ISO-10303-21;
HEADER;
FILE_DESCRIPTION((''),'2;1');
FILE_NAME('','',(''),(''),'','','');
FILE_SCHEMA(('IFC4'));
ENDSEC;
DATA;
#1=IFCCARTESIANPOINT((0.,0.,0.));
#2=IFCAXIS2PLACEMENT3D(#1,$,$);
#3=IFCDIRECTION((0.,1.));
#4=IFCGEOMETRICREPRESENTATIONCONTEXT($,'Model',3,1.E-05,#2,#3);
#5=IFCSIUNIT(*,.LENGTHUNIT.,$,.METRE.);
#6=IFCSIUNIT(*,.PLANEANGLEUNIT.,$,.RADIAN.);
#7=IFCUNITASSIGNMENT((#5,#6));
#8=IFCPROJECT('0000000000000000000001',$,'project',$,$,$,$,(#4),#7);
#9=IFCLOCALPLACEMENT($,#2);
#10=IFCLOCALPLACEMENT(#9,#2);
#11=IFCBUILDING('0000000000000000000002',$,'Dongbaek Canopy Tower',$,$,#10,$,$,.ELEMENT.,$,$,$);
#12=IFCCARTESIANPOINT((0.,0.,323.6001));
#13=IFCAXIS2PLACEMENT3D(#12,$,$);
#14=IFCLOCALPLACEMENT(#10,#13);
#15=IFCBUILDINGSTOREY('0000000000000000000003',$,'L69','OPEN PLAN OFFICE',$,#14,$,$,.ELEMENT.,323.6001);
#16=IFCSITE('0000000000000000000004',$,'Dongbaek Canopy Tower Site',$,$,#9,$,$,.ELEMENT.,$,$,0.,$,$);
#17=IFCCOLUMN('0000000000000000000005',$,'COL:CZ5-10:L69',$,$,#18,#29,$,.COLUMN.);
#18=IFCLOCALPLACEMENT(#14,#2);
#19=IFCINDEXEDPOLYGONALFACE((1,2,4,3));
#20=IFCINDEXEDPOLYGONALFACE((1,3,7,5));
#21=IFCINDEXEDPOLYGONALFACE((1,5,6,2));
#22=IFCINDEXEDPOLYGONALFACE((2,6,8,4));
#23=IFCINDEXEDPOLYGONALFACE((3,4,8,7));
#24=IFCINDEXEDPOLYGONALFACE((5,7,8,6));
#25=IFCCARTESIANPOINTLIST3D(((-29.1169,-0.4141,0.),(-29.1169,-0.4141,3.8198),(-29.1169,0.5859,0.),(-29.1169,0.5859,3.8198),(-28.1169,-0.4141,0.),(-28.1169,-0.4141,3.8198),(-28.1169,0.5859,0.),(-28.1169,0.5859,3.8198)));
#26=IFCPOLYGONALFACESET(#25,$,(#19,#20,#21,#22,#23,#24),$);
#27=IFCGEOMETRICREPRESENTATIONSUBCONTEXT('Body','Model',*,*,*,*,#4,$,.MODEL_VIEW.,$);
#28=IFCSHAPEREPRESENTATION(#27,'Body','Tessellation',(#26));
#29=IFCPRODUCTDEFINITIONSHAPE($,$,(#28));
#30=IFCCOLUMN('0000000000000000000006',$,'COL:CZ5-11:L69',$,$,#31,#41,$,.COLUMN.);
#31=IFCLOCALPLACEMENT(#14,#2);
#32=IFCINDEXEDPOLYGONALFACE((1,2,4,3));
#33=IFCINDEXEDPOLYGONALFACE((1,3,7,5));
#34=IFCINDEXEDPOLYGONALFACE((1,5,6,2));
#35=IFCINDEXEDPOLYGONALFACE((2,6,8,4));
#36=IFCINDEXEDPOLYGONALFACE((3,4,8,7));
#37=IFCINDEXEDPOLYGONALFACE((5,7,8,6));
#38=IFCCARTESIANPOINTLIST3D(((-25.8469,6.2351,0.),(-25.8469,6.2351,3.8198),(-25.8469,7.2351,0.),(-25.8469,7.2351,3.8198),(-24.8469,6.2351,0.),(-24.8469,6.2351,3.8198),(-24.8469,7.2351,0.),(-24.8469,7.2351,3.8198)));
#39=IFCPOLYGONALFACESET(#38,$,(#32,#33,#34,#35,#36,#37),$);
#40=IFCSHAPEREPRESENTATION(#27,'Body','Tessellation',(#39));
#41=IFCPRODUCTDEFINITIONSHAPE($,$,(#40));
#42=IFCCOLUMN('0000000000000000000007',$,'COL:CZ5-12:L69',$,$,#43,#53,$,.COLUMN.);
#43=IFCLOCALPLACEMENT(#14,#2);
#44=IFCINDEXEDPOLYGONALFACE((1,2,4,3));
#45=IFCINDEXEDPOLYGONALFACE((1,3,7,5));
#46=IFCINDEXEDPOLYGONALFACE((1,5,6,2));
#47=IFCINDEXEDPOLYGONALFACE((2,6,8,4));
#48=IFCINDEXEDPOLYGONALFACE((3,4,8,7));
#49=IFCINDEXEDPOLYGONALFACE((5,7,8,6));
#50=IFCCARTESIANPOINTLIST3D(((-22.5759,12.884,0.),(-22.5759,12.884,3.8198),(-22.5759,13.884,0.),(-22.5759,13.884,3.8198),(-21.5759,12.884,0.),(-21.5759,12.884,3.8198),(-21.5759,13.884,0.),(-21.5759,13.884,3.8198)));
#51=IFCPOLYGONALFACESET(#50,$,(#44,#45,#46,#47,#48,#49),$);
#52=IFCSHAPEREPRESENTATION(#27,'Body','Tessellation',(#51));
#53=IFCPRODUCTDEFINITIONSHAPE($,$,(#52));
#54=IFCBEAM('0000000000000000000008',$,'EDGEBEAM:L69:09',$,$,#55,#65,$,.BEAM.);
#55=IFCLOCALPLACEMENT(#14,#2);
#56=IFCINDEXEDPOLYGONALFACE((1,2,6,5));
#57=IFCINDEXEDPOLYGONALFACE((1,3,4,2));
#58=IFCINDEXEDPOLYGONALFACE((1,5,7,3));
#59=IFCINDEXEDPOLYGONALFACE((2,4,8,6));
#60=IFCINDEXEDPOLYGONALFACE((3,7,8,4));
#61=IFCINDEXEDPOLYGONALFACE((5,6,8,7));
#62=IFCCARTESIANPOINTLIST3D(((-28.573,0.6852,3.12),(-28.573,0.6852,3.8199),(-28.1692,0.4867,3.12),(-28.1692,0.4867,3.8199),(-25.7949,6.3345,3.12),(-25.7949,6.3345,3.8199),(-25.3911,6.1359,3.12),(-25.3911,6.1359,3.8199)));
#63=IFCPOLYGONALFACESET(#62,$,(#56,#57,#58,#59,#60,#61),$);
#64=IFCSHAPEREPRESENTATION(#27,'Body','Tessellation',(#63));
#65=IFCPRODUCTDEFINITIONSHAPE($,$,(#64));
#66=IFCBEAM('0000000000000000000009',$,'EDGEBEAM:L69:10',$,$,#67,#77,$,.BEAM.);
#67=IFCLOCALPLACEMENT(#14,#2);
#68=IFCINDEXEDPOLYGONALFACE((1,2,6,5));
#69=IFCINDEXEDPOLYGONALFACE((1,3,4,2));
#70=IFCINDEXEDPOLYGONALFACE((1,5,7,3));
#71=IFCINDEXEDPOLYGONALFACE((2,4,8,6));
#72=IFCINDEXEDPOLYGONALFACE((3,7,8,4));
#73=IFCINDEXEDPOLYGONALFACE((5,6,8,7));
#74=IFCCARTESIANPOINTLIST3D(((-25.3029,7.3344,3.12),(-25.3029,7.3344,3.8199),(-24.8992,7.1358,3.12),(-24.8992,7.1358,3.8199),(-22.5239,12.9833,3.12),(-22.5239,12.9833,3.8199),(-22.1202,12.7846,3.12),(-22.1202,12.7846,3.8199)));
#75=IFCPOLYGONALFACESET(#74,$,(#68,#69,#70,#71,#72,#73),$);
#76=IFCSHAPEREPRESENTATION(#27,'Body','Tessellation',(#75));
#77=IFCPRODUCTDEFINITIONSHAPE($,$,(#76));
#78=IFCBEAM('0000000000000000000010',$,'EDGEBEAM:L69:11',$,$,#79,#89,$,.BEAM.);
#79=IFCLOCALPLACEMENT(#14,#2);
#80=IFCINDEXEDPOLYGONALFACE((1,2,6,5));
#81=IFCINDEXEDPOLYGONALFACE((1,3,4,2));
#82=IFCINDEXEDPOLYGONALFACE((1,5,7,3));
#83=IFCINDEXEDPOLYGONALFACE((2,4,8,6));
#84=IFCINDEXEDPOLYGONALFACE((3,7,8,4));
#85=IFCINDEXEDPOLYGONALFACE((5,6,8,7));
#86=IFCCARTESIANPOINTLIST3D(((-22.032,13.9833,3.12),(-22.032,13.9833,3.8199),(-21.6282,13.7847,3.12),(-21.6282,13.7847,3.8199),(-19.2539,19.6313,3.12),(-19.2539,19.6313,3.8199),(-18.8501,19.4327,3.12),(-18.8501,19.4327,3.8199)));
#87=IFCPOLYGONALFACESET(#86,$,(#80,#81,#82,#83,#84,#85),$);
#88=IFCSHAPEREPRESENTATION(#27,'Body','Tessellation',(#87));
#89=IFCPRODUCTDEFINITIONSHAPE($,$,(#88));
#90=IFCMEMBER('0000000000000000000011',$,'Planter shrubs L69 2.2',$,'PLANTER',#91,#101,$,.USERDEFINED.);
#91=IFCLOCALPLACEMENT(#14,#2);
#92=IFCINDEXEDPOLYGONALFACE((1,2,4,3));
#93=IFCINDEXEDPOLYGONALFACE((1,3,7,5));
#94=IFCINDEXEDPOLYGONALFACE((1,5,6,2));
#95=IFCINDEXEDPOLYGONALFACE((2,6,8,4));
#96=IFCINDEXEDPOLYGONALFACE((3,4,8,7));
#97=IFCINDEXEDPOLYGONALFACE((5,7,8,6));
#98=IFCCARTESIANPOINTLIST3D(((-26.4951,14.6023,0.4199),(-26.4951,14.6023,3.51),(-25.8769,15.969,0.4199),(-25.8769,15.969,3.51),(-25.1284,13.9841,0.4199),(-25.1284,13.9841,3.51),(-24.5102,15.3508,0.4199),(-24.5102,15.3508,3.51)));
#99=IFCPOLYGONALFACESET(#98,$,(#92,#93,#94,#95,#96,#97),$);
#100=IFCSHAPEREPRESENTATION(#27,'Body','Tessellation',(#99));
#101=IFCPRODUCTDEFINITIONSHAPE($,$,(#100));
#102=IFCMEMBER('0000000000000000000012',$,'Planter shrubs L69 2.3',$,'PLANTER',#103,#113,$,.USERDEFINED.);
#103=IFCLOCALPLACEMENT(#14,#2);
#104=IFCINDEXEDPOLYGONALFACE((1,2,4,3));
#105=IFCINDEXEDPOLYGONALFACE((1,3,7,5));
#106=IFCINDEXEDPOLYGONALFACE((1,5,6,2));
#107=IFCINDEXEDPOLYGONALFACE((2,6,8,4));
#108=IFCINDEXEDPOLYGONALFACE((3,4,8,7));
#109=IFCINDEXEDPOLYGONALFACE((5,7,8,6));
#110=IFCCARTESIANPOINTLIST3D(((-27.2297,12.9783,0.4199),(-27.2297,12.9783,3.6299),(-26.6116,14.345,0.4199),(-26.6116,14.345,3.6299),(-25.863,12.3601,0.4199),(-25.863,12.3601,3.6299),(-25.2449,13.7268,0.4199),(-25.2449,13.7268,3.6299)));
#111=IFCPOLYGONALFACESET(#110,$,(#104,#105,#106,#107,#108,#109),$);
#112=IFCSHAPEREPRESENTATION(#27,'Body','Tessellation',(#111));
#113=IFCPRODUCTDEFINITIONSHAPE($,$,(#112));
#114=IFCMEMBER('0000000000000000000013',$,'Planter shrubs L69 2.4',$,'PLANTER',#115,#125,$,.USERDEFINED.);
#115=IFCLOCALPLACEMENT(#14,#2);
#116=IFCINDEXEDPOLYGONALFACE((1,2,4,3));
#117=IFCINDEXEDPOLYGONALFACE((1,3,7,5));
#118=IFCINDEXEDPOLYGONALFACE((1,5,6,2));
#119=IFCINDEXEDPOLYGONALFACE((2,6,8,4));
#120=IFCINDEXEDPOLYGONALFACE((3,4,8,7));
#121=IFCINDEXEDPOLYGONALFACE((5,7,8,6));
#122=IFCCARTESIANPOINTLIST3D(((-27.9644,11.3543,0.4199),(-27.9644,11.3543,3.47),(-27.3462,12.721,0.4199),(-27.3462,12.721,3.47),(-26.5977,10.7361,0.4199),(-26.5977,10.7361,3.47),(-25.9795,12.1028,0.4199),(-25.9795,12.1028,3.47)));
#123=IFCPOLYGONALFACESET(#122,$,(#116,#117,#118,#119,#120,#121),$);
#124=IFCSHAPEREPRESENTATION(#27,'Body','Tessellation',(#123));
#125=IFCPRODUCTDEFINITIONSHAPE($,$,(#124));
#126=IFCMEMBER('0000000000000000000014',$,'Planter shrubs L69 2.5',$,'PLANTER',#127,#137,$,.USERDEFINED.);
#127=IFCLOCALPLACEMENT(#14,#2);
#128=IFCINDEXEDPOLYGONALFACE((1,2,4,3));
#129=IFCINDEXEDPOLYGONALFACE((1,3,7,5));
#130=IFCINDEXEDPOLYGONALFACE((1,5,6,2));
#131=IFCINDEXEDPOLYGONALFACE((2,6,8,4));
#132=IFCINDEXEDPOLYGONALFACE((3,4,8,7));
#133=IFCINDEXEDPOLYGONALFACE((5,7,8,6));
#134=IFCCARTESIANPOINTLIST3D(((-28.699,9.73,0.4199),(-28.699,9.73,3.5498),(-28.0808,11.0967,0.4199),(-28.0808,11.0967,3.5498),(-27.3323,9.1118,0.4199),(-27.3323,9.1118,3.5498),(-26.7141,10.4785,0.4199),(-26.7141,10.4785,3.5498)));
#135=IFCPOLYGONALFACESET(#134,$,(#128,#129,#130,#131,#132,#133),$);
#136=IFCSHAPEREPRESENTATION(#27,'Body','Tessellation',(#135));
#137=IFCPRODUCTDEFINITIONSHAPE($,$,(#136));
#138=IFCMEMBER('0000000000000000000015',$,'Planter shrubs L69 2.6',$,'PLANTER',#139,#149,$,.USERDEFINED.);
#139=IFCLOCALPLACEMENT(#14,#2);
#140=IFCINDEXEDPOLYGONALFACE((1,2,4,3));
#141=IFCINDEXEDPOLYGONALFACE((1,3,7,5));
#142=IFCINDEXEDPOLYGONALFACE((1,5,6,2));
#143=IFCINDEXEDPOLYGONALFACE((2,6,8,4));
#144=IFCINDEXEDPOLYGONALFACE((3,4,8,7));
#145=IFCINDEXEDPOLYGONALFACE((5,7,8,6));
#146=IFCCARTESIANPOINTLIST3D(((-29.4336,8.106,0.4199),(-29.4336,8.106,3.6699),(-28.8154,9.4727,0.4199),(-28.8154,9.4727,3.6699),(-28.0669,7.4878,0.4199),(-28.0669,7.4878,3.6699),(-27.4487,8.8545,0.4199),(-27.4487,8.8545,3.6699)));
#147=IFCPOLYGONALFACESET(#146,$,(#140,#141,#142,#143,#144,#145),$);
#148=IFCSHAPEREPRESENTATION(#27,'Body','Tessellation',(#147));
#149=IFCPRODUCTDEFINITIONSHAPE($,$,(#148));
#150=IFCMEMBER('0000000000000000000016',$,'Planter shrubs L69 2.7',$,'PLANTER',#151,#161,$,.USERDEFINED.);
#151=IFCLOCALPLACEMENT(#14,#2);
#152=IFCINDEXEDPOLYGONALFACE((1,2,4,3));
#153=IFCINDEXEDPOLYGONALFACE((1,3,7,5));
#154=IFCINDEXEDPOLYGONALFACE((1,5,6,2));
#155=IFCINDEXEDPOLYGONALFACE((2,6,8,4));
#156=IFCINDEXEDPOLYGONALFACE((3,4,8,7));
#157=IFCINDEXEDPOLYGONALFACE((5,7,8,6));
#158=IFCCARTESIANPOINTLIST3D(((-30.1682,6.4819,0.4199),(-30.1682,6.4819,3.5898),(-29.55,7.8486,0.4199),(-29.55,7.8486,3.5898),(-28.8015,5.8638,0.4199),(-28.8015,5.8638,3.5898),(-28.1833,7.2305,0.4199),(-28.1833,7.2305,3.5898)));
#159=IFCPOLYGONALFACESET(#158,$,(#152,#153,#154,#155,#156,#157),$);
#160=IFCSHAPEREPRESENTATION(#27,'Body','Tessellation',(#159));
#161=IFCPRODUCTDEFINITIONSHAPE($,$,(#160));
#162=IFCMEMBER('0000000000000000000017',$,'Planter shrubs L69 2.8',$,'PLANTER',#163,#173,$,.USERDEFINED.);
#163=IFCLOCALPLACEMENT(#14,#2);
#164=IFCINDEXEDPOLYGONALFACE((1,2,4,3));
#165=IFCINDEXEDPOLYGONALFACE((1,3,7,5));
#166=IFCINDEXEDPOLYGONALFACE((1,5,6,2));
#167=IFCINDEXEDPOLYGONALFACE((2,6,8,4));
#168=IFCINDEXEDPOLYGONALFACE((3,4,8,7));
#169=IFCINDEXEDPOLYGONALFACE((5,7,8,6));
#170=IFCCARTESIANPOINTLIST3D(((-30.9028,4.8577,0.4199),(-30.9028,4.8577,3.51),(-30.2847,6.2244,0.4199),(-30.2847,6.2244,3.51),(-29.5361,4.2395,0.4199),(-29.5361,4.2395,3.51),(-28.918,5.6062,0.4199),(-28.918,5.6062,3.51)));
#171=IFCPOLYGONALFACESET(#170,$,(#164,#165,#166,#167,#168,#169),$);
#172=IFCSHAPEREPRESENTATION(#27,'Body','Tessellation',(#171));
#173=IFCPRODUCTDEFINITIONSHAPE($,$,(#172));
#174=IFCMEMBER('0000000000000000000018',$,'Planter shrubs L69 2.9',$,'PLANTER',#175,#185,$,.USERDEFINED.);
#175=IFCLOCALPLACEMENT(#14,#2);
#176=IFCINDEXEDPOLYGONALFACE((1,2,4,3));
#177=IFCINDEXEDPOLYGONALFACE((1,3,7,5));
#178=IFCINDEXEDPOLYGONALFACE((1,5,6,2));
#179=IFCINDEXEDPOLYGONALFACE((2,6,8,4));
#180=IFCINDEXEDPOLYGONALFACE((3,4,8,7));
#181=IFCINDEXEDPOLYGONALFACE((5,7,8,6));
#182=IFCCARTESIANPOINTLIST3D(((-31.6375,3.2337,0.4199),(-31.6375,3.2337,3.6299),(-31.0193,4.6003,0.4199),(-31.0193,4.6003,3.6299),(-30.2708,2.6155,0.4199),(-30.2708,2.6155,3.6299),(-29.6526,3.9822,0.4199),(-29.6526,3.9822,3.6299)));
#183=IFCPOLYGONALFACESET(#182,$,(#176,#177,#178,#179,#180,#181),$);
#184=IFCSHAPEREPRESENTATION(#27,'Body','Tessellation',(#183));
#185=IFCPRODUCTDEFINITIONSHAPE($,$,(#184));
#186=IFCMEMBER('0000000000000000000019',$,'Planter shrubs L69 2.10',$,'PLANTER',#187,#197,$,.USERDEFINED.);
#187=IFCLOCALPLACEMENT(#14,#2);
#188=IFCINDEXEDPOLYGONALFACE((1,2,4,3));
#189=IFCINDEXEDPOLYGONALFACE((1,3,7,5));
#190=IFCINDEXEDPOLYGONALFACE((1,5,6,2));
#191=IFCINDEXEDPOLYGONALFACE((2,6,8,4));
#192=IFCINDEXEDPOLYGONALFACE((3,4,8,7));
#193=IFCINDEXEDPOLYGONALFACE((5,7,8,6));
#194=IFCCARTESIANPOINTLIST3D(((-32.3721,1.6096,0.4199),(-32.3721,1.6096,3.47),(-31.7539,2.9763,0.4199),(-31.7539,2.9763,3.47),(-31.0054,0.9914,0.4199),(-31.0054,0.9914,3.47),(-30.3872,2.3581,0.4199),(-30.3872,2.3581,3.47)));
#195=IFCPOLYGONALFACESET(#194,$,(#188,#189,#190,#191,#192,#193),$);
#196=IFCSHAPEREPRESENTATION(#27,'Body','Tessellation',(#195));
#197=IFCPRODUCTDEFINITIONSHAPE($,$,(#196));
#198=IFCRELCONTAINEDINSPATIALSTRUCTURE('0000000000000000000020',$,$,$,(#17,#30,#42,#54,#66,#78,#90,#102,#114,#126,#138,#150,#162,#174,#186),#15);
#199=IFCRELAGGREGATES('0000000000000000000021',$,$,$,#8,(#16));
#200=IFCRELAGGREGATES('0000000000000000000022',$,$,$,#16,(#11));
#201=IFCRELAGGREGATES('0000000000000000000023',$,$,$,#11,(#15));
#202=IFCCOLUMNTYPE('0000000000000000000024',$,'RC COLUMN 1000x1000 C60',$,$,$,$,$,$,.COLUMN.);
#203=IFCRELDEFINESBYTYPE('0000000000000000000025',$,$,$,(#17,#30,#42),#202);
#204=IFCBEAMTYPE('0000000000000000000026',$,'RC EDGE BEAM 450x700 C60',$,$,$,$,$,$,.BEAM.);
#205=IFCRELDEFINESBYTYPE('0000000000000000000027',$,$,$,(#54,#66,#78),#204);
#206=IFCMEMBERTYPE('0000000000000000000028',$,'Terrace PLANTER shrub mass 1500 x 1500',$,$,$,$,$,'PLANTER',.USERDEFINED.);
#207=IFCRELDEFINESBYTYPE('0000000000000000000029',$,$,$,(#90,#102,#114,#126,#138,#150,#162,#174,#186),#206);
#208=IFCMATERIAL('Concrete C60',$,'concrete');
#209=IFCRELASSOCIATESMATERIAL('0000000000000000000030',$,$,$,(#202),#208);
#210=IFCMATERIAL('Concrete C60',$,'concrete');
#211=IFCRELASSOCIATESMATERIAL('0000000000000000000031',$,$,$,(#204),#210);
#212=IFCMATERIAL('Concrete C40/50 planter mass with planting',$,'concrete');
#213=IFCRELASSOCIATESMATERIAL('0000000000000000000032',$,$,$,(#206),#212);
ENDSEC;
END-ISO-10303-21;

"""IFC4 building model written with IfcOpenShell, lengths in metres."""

from ifc_helpers import new_model, si_unit, direction, frame, origin, origin_2d, place, context, subcontext, project, spatial, rectangle, extrude, material, material_profile, profile_set, type_object, element, save


model = new_model("IFC4")

# Units and contexts
model_context = context("Model", 3, precision=1e-05, world=origin(), true_north=direction((0.0, 1.0)))
body_context = subcontext(model_context, "Body", "Model", "MODEL_VIEW")
ifc_project = project(units=[si_unit("LENGTHUNIT", "METRE"), si_unit("PLANEANGLEUNIT", "RADIAN")], contexts=[model_context])

# Site, building, storey
site_placement = place(None, origin())
site = spatial("IfcSite", under=ifc_project, at=site_placement, Name="Dongbaek Canopy Tower Site", CompositionType="ELEMENT", RefElevation=0.0)
building_placement = place(site_placement, origin())
building = spatial("IfcBuilding", under=site, at=building_placement, Name="Dongbaek Canopy Tower", CompositionType="ELEMENT")
storey_placement = place(building_placement, frame((0.0, 0.0, 323.6001)))
storey = spatial("IfcBuildingStorey", under=building, at=storey_placement, Name="L69", Description="OPEN PLAN OFFICE", CompositionType="ELEMENT", Elevation=323.6001)

# Columns
ifc_material_1 = material(Name="Concrete C60", Category="concrete")
ifc_material_profile_1 = material_profile(ifc_material_1, rectangle(XDim=1.0, YDim=1.0, at=origin_2d()), Name="RC COLUMN 1000x1000 C60")
ifc_profile_set_1 = profile_set([ifc_material_profile_1], Name="Concrete C60")
column_type = type_object("IfcColumnType", Name="RC COLUMN 1000x1000 C60", PredefinedType="COLUMN", material=ifc_profile_set_1)
for number, where, z_axis, x_axis, name in (
    (1, (-28.6169, 0.0859, 0.0), (0.0, 0.0, 1.0), (1.0, 0.0, 0.0), "COL:CZ5-10:L69"),
    (2, (-25.3469, 6.7351, 0.0), (0.0, 0.0, 1.0), (1.0, 0.0, 0.0), "COL:CZ5-11:L69"),
    (3, (-22.0759, 13.384, 0.0), (0.0, 0.0, 1.0), (1.0, 0.0, 0.0), "COL:CZ5-12:L69"),
):
    element("IfcColumn", number, at=place(storey_placement, frame(where, z_axis=z_axis, x_axis=x_axis)), inside=storey, type_object=column_type, Name=name, PredefinedType="COLUMN", context=body_context, shape_type="SweptSolid", body=[
        extrude(rectangle(XDim=1.0, YDim=1.0, at=origin_2d()), origin(), (0.0, 0.0, 1.0), 3.8198),
    ])

# Beams
ifc_material_2 = material(Name="Concrete C60", Category="concrete")
ifc_material_profile_2 = material_profile(ifc_material_2, rectangle(XDim=0.45, YDim=0.7, at=origin_2d()), Name="RC EDGE BEAM 450x700 C60")
ifc_profile_set_2 = profile_set([ifc_material_profile_2], Name="Concrete C60")
beam_type = type_object("IfcBeamType", Name="RC EDGE BEAM 450x700 C60", PredefinedType="BEAM", material=ifc_profile_set_2)
for number, where, z_axis, x_axis, name in (
    (4, (-28.3711, 0.5859, 3.47), (0.441294, 0.897363, 0.0), (-0.897363, 0.441294, 0.0), "EDGEBEAM:L69:09"),
    (5, (-25.1011, 7.2351, 3.47), (0.441434, 0.897294, 0.0), (-0.897294, 0.441434, 0.0), "EDGEBEAM:L69:10"),
):
    element("IfcBeam", number, at=place(storey_placement, frame(where, z_axis=z_axis, x_axis=x_axis)), inside=storey, type_object=beam_type, Name=name, PredefinedType="BEAM", context=body_context, shape_type="SweptSolid", body=[
        extrude(rectangle(XDim=0.45, YDim=0.7, at=origin_2d()), origin(), (0.0, 0.0, 1.0), 6.2954),
    ])
beam_placement = place(storey_placement, frame((-21.8301, 13.884, 3.47), z_axis=(0.44137, 0.897325, 0.0), x_axis=(-0.897325, 0.44137, 0.0)))
element("IfcBeam", 6, at=beam_placement, inside=storey, type_object=beam_type, Name="EDGEBEAM:L69:11", PredefinedType="BEAM", context=body_context, shape_type="SweptSolid", body=[
    extrude(rectangle(XDim=0.45, YDim=0.7, at=origin_2d()), origin(), (0.0, 0.0, 1.0), 6.2942),
])

# Members
ifc_material_3 = material(Name="Concrete C40/50 planter mass with planting", Category="concrete")
ifc_material_profile_3 = material_profile(ifc_material_3, rectangle(XDim=1.5, YDim=1.5, at=origin_2d()), Name="Terrace PLANTER shrub mass 1500 x 1500")
ifc_profile_set_3 = profile_set([ifc_material_profile_3], Name="Concrete C40/50 planter mass with planting")
member_type = type_object("IfcMemberType", Name="Terrace PLANTER shrub mass 1500 x 1500", ElementType="PLANTER", PredefinedType="USERDEFINED", material=ifc_profile_set_3)
member_1_placement = place(storey_placement, frame((-25.5027, 14.9766, 0.4199), z_axis=(0.0, 0.0, 1.0), x_axis=(-0.911129, 0.412122, 0.0)))
element("IfcMember", 7, at=member_1_placement, inside=storey, type_object=member_type, Name="Planter shrubs L69 2.2", ObjectType="PLANTER", PredefinedType="USERDEFINED", context=body_context, shape_type="SweptSolid", body=[
    extrude(rectangle(XDim=1.5, YDim=1.5, at=origin_2d()), origin(), (0.0, 0.0, 1.0), 3.0901),
])
member_2_placement = place(storey_placement, frame((-26.2373, 13.3525, 0.4199), z_axis=(0.0, 0.0, 1.0), x_axis=(-0.911129, 0.412122, 0.0)))
element("IfcMember", 8, at=member_2_placement, inside=storey, type_object=member_type, Name="Planter shrubs L69 2.3", ObjectType="PLANTER", PredefinedType="USERDEFINED", context=body_context, shape_type="SweptSolid", body=[
    extrude(rectangle(XDim=1.5, YDim=1.5, at=origin_2d()), origin(), (0.0, 0.0, 1.0), 3.21),
])
member_3_placement = place(storey_placement, frame((-26.9719, 11.7285, 0.4199), z_axis=(0.0, 0.0, 1.0), x_axis=(-0.911129, 0.412122, 0.0)))
element("IfcMember", 9, at=member_3_placement, inside=storey, type_object=member_type, Name="Planter shrubs L69 2.4", ObjectType="PLANTER", PredefinedType="USERDEFINED", context=body_context, shape_type="SweptSolid", body=[
    extrude(rectangle(XDim=1.5, YDim=1.5, at=origin_2d()), origin(), (0.0, 0.0, 1.0), 3.05),
])
member_4_placement = place(storey_placement, frame((-27.7065, 10.1042, 0.4199), z_axis=(0.0, 0.0, 1.0), x_axis=(-0.911129, 0.412122, 0.0)))
element("IfcMember", 10, at=member_4_placement, inside=storey, type_object=member_type, Name="Planter shrubs L69 2.5", ObjectType="PLANTER", PredefinedType="USERDEFINED", context=body_context, shape_type="SweptSolid", body=[
    extrude(rectangle(XDim=1.5, YDim=1.5, at=origin_2d()), origin(), (0.0, 0.0, 1.0), 3.1299),
])
member_5_placement = place(storey_placement, frame((-28.4412, 8.4802, 0.4199), z_axis=(0.0, 0.0, 1.0), x_axis=(-0.911129, 0.412122, 0.0)))
element("IfcMember", 11, at=member_5_placement, inside=storey, type_object=member_type, Name="Planter shrubs L69 2.6", ObjectType="PLANTER", PredefinedType="USERDEFINED", context=body_context, shape_type="SweptSolid", body=[
    extrude(rectangle(XDim=1.5, YDim=1.5, at=origin_2d()), origin(), (0.0, 0.0, 1.0), 3.25),
])
member_6_placement = place(storey_placement, frame((-29.1758, 6.8562, 0.4199), z_axis=(0.0, 0.0, 1.0), x_axis=(-0.911129, 0.412122, 0.0)))
element("IfcMember", 12, at=member_6_placement, inside=storey, type_object=member_type, Name="Planter shrubs L69 2.7", ObjectType="PLANTER", PredefinedType="USERDEFINED", context=body_context, shape_type="SweptSolid", body=[
    extrude(rectangle(XDim=1.5, YDim=1.5, at=origin_2d()), origin(), (0.0, 0.0, 1.0), 3.1699),
])
member_7_placement = place(storey_placement, frame((-29.9104, 5.2319, 0.4199), z_axis=(0.0, 0.0, 1.0), x_axis=(-0.911129, 0.412122, 0.0)))
element("IfcMember", 13, at=member_7_placement, inside=storey, type_object=member_type, Name="Planter shrubs L69 2.8", ObjectType="PLANTER", PredefinedType="USERDEFINED", context=body_context, shape_type="SweptSolid", body=[
    extrude(rectangle(XDim=1.5, YDim=1.5, at=origin_2d()), origin(), (0.0, 0.0, 1.0), 3.0901),
])
member_8_placement = place(storey_placement, frame((-30.645, 3.6079, 0.4199), z_axis=(0.0, 0.0, 1.0), x_axis=(-0.911129, 0.412122, 0.0)))
element("IfcMember", 14, at=member_8_placement, inside=storey, type_object=member_type, Name="Planter shrubs L69 2.9", ObjectType="PLANTER", PredefinedType="USERDEFINED", context=body_context, shape_type="SweptSolid", body=[
    extrude(rectangle(XDim=1.5, YDim=1.5, at=origin_2d()), origin(), (0.0, 0.0, 1.0), 3.21),
])
member_9_placement = place(storey_placement, frame((-31.3796, 1.9839, 0.4199), z_axis=(0.0, 0.0, 1.0), x_axis=(-0.911129, 0.412122, 0.0)))
element("IfcMember", 15, at=member_9_placement, inside=storey, type_object=member_type, Name="Planter shrubs L69 2.10", ObjectType="PLANTER", PredefinedType="USERDEFINED", context=body_context, shape_type="SweptSolid", body=[
    extrude(rectangle(XDim=1.5, YDim=1.5, at=origin_2d()), origin(), (0.0, 0.0, 1.0), 3.05),
])

save(model, "model.ifc")
